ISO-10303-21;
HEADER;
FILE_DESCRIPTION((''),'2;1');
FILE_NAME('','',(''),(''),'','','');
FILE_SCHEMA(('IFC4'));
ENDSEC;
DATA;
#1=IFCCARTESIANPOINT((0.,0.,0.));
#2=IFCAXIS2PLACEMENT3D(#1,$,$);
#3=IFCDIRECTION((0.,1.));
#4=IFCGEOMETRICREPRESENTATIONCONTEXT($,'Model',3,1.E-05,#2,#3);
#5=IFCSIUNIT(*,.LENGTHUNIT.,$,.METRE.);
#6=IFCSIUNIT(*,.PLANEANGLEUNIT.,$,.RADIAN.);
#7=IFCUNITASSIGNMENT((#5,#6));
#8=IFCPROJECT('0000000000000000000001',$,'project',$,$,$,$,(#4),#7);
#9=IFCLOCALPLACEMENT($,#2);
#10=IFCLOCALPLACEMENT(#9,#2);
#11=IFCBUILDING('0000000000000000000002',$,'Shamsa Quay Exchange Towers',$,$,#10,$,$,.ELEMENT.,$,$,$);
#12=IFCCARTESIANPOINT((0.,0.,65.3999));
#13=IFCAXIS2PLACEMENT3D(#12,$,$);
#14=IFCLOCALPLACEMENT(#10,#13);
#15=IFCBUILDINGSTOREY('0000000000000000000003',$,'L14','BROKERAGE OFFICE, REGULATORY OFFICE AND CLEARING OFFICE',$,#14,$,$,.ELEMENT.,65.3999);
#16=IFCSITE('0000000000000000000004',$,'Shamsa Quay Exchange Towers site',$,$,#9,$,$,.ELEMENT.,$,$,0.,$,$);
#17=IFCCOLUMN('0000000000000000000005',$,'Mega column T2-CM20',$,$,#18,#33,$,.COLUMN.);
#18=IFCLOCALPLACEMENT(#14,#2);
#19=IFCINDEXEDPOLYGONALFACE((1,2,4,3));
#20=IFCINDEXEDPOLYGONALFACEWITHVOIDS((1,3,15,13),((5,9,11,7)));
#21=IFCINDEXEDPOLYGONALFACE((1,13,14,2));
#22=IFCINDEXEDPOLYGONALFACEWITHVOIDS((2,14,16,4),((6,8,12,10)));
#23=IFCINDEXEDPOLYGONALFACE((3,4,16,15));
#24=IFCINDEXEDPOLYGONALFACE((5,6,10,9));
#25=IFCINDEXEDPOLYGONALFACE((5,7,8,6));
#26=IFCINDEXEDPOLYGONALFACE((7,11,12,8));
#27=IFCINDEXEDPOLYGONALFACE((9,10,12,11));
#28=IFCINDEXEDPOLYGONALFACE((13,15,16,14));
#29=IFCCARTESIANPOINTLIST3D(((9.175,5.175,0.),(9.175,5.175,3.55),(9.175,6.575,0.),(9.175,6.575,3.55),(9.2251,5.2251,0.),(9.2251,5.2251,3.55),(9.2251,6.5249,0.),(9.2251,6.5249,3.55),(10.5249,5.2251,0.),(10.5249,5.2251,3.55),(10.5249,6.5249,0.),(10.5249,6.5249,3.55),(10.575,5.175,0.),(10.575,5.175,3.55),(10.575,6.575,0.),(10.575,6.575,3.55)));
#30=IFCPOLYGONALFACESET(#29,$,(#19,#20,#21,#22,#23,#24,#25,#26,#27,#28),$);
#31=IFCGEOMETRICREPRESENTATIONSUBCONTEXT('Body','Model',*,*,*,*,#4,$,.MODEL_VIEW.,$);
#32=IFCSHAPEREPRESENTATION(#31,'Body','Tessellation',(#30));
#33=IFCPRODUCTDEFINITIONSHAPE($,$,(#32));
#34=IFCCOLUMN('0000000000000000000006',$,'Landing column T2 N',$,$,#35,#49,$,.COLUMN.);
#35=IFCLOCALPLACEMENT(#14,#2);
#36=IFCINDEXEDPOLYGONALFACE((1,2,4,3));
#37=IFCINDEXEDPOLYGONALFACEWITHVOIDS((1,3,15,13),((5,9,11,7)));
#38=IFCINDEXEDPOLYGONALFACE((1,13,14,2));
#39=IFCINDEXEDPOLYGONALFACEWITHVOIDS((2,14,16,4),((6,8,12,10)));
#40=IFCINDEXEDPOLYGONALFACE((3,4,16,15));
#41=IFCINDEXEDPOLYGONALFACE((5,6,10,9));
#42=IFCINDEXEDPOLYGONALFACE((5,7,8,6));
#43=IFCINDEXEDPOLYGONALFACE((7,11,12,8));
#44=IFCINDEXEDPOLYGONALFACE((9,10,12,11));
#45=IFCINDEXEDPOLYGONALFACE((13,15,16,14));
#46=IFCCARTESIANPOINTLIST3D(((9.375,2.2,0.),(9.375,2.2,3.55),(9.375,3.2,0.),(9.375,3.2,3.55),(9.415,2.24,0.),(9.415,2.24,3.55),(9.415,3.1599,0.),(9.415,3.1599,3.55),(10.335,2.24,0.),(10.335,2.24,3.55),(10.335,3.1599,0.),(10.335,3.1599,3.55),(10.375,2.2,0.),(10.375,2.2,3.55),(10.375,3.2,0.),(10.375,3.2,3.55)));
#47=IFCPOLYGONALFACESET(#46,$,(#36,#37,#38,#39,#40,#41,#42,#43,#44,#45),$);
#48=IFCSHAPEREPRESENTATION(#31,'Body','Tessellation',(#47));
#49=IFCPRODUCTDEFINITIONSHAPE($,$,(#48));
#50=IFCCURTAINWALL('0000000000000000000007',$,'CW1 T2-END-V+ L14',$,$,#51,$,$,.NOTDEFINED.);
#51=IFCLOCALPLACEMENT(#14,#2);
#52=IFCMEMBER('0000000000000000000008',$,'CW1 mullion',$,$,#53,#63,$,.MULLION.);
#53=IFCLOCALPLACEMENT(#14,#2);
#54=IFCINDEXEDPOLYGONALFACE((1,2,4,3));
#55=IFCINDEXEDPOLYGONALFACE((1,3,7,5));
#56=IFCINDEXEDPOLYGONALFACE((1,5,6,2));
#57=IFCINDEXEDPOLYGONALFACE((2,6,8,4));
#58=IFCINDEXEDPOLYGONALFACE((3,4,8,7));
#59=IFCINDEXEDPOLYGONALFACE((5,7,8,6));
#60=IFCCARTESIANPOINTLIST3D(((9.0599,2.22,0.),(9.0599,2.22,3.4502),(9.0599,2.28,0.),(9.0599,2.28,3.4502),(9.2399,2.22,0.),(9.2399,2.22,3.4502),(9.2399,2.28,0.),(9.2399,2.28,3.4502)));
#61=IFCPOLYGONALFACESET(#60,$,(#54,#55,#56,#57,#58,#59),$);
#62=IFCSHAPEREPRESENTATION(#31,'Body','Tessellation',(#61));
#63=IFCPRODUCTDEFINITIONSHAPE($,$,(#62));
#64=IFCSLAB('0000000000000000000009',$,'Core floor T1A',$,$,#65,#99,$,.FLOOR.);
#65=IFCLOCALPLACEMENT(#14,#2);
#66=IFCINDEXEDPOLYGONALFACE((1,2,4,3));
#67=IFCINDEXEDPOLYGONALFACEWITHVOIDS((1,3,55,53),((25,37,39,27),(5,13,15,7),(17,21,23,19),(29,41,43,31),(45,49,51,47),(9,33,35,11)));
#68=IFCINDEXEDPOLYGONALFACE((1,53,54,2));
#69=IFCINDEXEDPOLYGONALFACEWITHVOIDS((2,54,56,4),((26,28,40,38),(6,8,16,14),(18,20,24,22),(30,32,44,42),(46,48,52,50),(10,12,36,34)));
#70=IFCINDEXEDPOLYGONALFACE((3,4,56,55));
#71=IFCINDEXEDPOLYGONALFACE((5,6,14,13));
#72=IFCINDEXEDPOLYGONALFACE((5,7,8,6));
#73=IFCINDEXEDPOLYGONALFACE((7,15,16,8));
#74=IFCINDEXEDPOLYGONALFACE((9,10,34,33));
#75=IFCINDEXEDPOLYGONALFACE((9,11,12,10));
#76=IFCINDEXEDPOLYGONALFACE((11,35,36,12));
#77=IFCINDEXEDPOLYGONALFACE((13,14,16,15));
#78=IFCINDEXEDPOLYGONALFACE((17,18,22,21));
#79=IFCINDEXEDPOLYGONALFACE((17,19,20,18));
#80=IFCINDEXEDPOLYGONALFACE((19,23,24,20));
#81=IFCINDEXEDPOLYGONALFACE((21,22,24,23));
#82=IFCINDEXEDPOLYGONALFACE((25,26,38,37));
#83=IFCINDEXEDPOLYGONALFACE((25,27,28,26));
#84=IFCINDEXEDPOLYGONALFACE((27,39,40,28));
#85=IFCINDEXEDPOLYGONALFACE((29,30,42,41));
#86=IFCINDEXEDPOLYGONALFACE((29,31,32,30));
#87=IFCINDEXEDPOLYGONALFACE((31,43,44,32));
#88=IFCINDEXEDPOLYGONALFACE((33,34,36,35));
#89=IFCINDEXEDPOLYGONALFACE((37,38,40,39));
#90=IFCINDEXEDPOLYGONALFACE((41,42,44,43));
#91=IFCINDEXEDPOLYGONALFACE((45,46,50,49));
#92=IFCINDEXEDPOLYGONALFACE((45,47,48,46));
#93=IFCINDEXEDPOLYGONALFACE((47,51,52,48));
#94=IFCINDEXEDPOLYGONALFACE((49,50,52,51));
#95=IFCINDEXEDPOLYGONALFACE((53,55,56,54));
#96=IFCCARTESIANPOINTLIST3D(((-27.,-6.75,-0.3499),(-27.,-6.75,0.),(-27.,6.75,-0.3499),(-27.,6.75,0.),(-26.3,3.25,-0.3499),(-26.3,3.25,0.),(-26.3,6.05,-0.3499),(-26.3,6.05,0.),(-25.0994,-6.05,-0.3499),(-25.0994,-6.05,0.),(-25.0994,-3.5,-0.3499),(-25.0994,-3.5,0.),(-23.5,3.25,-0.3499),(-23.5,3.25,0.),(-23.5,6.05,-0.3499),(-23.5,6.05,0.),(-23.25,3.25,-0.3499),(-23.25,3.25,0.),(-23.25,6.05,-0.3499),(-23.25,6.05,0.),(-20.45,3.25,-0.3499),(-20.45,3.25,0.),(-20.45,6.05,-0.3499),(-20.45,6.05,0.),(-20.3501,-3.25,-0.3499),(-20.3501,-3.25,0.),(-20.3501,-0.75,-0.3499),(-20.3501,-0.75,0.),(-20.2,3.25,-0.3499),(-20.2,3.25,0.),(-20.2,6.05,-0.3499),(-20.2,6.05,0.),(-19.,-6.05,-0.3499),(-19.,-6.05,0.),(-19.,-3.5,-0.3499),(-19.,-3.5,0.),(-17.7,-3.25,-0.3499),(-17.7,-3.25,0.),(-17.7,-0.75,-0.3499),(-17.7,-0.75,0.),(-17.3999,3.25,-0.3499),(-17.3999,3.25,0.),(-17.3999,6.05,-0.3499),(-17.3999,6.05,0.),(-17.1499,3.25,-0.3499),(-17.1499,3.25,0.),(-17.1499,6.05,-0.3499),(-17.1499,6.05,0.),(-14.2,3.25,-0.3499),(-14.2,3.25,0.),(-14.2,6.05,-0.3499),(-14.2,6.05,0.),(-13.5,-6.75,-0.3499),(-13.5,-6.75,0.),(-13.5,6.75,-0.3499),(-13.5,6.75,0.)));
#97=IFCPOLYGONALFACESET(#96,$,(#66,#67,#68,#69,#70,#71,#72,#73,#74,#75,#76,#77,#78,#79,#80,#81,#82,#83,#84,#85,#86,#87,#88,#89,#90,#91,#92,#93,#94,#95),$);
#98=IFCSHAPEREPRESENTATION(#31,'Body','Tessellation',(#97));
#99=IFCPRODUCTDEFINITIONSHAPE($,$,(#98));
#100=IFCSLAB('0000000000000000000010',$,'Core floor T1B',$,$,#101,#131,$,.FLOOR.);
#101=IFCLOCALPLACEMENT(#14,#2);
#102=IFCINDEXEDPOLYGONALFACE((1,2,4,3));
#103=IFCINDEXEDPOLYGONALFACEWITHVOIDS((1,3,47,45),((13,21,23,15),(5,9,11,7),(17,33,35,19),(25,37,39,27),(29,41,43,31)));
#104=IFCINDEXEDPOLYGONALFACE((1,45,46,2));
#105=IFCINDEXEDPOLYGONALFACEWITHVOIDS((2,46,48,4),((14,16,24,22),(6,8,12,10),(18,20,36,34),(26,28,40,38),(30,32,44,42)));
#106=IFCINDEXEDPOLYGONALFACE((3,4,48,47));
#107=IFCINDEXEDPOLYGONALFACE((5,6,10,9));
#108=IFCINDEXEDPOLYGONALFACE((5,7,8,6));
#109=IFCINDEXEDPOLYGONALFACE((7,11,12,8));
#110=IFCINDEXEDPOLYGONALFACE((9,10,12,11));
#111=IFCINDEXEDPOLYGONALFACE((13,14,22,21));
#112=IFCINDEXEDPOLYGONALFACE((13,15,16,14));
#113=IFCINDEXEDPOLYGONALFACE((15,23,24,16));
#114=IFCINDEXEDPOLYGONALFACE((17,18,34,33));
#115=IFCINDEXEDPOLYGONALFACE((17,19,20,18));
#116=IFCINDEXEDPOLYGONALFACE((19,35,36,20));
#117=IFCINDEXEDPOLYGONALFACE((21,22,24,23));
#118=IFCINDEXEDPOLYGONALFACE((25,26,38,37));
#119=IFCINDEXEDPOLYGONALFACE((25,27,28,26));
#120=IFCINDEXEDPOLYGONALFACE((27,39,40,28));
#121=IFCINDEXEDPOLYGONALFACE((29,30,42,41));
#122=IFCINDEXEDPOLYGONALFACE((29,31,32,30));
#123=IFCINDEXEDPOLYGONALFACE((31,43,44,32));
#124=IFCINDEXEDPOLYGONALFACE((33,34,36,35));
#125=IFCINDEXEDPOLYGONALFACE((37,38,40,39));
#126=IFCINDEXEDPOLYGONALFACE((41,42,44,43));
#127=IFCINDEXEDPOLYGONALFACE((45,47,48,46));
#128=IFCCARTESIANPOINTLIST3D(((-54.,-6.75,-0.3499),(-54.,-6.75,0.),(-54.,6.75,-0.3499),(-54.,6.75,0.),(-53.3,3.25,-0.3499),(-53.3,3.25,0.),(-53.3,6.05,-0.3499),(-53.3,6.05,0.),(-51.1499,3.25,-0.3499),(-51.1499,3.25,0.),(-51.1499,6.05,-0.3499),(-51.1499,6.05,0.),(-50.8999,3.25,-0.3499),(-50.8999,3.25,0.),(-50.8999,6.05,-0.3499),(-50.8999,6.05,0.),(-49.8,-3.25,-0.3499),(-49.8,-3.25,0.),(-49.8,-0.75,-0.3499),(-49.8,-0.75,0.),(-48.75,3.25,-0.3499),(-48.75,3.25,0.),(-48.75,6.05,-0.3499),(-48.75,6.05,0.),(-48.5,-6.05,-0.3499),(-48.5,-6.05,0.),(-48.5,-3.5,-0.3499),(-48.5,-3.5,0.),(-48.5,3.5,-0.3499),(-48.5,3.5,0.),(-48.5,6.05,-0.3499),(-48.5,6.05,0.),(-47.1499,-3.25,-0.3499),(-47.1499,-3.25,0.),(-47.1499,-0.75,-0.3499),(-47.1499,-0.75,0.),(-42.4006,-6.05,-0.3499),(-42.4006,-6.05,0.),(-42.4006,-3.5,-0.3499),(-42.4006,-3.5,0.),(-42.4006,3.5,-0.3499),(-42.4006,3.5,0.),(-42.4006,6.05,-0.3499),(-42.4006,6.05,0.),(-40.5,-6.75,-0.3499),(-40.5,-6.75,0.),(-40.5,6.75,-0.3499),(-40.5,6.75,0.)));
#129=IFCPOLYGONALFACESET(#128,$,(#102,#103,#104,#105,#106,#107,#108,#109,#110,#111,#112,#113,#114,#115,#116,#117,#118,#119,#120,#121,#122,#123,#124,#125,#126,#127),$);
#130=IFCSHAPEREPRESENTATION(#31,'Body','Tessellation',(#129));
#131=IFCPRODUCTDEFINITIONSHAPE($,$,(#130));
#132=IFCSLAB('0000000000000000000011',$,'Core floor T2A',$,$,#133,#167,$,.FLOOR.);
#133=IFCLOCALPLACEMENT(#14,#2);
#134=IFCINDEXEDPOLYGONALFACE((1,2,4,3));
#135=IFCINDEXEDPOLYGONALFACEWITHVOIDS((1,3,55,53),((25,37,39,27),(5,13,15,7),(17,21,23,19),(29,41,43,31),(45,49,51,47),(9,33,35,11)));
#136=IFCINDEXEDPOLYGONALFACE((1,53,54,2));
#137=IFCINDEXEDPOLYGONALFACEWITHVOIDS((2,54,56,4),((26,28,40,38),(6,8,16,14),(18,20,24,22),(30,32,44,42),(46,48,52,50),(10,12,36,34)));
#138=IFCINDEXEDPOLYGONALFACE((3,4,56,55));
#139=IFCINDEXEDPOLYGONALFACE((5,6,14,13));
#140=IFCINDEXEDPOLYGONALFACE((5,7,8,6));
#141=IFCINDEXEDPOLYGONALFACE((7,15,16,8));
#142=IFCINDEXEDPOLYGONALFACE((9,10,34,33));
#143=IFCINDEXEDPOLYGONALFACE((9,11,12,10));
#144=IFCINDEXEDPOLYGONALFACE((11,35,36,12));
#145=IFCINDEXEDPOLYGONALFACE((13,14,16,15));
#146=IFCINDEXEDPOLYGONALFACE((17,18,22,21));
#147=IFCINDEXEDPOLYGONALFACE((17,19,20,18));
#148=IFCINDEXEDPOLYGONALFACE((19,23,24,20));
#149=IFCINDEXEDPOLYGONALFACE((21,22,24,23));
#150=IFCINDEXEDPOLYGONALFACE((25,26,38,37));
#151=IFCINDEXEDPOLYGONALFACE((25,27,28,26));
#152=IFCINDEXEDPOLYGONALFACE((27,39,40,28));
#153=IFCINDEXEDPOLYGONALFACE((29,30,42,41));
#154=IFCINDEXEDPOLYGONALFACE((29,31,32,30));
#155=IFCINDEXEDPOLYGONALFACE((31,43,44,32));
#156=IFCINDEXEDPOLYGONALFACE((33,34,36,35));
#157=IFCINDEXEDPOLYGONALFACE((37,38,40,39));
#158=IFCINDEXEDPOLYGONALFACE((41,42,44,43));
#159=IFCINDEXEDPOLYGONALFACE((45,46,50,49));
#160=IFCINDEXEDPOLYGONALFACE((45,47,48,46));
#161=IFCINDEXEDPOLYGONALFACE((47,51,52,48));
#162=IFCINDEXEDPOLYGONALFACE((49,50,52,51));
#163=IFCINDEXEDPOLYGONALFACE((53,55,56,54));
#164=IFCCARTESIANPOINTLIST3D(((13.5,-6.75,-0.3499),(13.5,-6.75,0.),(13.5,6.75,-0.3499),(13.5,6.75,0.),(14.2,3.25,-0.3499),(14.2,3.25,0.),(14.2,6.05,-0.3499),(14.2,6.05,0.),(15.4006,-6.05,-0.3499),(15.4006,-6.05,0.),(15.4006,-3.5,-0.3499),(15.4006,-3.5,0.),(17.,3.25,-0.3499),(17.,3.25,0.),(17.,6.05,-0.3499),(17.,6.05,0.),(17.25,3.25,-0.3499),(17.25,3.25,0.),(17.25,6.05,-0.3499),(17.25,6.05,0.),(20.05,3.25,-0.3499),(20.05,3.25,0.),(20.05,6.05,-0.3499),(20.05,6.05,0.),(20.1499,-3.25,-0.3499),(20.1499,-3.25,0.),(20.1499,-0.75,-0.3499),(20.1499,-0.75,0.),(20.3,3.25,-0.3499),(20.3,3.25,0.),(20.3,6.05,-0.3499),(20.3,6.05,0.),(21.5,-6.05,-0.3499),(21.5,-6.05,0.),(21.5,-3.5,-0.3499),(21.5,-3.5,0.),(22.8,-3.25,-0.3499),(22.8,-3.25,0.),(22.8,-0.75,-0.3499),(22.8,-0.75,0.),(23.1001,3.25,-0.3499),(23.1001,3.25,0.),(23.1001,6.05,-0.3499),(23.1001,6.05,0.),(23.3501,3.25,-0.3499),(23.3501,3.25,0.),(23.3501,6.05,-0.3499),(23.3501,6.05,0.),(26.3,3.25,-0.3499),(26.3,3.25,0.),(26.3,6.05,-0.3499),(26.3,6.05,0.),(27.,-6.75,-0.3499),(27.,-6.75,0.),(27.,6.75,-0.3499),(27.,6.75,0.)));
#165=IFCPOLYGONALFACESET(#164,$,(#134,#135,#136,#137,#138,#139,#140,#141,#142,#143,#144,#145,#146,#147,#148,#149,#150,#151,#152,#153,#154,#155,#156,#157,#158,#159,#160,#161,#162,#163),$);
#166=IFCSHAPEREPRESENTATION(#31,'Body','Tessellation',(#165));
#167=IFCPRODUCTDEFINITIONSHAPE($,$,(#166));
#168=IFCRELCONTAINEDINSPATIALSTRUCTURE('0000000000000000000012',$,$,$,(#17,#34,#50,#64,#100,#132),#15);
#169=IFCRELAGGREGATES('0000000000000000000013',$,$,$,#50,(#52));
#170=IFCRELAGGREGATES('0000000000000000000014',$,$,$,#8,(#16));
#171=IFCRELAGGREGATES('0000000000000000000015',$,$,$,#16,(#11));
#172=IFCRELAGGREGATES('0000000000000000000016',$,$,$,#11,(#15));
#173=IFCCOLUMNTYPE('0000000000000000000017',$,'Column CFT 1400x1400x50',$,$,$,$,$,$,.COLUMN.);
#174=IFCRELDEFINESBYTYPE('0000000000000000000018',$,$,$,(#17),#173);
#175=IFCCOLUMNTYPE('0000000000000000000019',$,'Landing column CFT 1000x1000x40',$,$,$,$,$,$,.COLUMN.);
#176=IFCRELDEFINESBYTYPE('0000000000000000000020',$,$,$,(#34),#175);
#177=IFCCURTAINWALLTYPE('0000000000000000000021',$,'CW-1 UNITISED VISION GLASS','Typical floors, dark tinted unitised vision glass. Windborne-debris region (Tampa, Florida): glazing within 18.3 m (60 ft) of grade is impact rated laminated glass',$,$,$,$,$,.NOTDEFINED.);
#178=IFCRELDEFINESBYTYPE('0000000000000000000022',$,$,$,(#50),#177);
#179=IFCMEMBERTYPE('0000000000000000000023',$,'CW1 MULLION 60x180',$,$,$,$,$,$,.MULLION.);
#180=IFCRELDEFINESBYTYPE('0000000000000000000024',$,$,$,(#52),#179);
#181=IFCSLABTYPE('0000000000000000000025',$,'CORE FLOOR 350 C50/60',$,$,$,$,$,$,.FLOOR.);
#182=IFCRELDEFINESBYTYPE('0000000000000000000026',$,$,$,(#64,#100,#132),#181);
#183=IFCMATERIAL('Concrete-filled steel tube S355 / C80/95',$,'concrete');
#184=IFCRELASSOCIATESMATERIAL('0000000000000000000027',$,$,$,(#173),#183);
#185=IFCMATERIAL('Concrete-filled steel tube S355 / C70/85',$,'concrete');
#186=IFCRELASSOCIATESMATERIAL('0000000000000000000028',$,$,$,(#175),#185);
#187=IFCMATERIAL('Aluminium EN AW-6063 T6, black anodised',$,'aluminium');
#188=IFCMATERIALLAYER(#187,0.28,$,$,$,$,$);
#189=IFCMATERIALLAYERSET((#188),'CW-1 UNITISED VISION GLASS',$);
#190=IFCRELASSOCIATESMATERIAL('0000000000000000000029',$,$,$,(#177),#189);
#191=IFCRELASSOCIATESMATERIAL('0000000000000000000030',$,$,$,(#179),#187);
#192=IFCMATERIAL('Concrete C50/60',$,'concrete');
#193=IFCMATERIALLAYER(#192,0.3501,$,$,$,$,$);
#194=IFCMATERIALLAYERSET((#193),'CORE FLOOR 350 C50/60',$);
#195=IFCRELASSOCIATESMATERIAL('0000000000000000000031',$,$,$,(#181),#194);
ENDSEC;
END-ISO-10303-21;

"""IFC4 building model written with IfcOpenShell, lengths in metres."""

from ifc_helpers import new_model, si_unit, direction, frame, origin, origin_2d, place, context, subcontext, project, spatial, polyline, rectangle, hollow_rectangle, outline, extrude, material, layer, layer_set, material_profile, profile_set, type_object, element, aggregate, save


model = new_model("IFC4")

# Units and contexts
model_context = context("Model", 3, precision=1e-05, world=origin(), true_north=direction((0.0, 1.0)))
body_context = subcontext(model_context, "Body", "Model", "MODEL_VIEW")
ifc_project = project(units=[si_unit("LENGTHUNIT", "METRE"), si_unit("PLANEANGLEUNIT", "RADIAN")], contexts=[model_context])

# Site, building, storey
site_placement = place(None, origin())
site = spatial("IfcSite", under=ifc_project, at=site_placement, Name="Shamsa Quay Exchange Towers site", CompositionType="ELEMENT", RefElevation=0.0)
building_placement = place(site_placement, origin())
building = spatial("IfcBuilding", under=site, at=building_placement, Name="Shamsa Quay Exchange Towers", CompositionType="ELEMENT")
storey_placement = place(building_placement, frame((0.0, 0.0, 65.3999)))
storey = spatial("IfcBuildingStorey", under=building, at=storey_placement, Name="L14", Description="BROKERAGE OFFICE, REGULATORY OFFICE AND CLEARING OFFICE", CompositionType="ELEMENT", Elevation=65.3999)

# Columns
ifc_material_1 = material(Name="Concrete-filled steel tube S355 / C80/95", Category="concrete")
ifc_material_profile_1 = material_profile(ifc_material_1, hollow_rectangle(XDim=1.3999, YDim=1.3999, WallThickness=0.05, at=origin_2d()), Name="CFT 1400x1400x50")
ifc_profile_set_1 = profile_set([ifc_material_profile_1], Name="Concrete-filled steel tube S355 / C80/95")
column_type_1 = type_object("IfcColumnType", Name="Column CFT 1400x1400x50", PredefinedType="COLUMN", material=ifc_profile_set_1)
column_1_placement = place(storey_placement, frame((9.875, 5.875, 0.0)))
element("IfcColumn", 1, at=column_1_placement, inside=storey, type_object=column_type_1, Name="Mega column T2-CM20", PredefinedType="COLUMN", context=body_context, shape_type="SweptSolid", body=[
    extrude(hollow_rectangle(XDim=1.3999, YDim=1.3999, WallThickness=0.05, at=origin_2d()), origin(), (0.0, 0.0, 1.0), 3.55),
])
ifc_material_2 = material(Name="Concrete-filled steel tube S355 / C70/85", Category="concrete")
ifc_material_profile_2 = material_profile(ifc_material_2, hollow_rectangle(XDim=1.0, YDim=1.0, WallThickness=0.04, at=origin_2d()), Name="CFT 1000x1000x40")
ifc_profile_set_2 = profile_set([ifc_material_profile_2], Name="Concrete-filled steel tube S355 / C70/85")
column_type_2 = type_object("IfcColumnType", Name="Landing column CFT 1000x1000x40", PredefinedType="COLUMN", material=ifc_profile_set_2)
column_2_placement = place(storey_placement, frame((9.875, 2.7, 0.0)))
element("IfcColumn", 2, at=column_2_placement, inside=storey, type_object=column_type_2, Name="Landing column T2 N", PredefinedType="COLUMN", context=body_context, shape_type="SweptSolid", body=[
    extrude(hollow_rectangle(XDim=1.0, YDim=1.0, WallThickness=0.04, at=origin_2d()), origin(), (0.0, 0.0, 1.0), 3.55),
])

# Curtain wall, member
ifc_material_3 = material(Name="Aluminium EN AW-6063 T6, black anodised", Category="aluminium")
ifc_layer_1 = layer(ifc_material_3, 0.28)
ifc_layer_set_1 = layer_set([ifc_layer_1], Name="CW-1 UNITISED VISION GLASS")
curtain_wall_type_1 = type_object("IfcCurtainWallType", Name="CW-1 UNITISED VISION GLASS", Description="Typical floors, dark tinted unitised vision glass. Windborne-debris region (Tampa, Florida): glazing within 18.3 m (60 ft) of grade is impact rated laminated glass", PredefinedType="NOTDEFINED", material=ifc_layer_set_1)
curtain_wall_1_placement = place(storey_placement, origin())
curtain_wall_1 = element("IfcCurtainWall", 3, at=curtain_wall_1_placement, inside=storey, type_object=curtain_wall_type_1, Name="CW1 T2-END-V+ L14", PredefinedType="NOTDEFINED")
ifc_material_profile_3 = material_profile(ifc_material_3, rectangle(XDim=0.1799, YDim=0.0601, at=origin_2d()), Name="MU60x180")
ifc_profile_set_3 = profile_set([ifc_material_profile_3], Name="Aluminium EN AW-6063 T6, black anodised")
member_type = type_object("IfcMemberType", Name="CW1 MULLION 60x180", PredefinedType="MULLION", material=ifc_profile_set_3)
member_placement = place(storey_placement, frame((9.1499, 2.25, 0.0)))
member = element("IfcMember", 4, at=member_placement, type_object=member_type, Name="CW1 mullion", PredefinedType="MULLION", context=body_context, shape_type="SweptSolid", body=[
    extrude(rectangle(XDim=0.1799, YDim=0.0601, at=origin_2d()), origin(), (0.0, 0.0, 1.0), 3.4502),
])

# Slabs
ifc_material_4 = material(Name="Concrete C50/60", Category="concrete")
ifc_layer_2 = layer(ifc_material_4, 0.3501)
ifc_layer_set_2 = layer_set([ifc_layer_2], Name="CORE FLOOR 350 C50/60")
slab_type_1 = type_object("IfcSlabType", Name="CORE FLOOR 350 C50/60", PredefinedType="FLOOR", material=ifc_layer_set_2)
slab_1_placement = place(storey_placement, frame((0.0, 0.0, -0.3499)))
element("IfcSlab", 5, at=slab_1_placement, inside=storey, type_object=slab_type_1, Name="Core floor T1A", PredefinedType="FLOOR", context=body_context, shape_type="SweptSolid", body=[
    extrude(outline(polyline([(-27.0, -6.75), (-13.5, -6.75), (-13.5, 6.75), (-27.0, 6.75), (-27.0, -6.75)]), holes=[polyline([(-25.0994, -6.05), (-25.0994, -3.5), (-19.0, -3.5), (-19.0, -6.05), (-25.0994, -6.05)]), polyline([(-26.3, 3.25), (-26.3, 6.05), (-23.5, 6.05), (-23.5, 3.25), (-26.3, 3.25)]), polyline([(-23.25, 3.25), (-23.25, 6.05), (-20.45, 6.05), (-20.45, 3.25), (-23.25, 3.25)]), polyline([(-20.2, 3.25), (-20.2, 6.05), (-17.3999, 6.05), (-17.3999, 3.25), (-20.2, 3.25)]), polyline([(-17.1499, 3.25), (-17.1499, 6.05), (-14.2, 6.05), (-14.2, 3.25), (-17.1499, 3.25)]), polyline([(-20.3501, -3.25), (-20.3501, -0.75), (-17.7, -0.75), (-17.7, -3.25), (-20.3501, -3.25)])]), origin(), (0.0, 0.0, 1.0), 0.3499),
])
slab_2_placement = place(storey_placement, frame((0.0, 0.0, -0.3499)))
element("IfcSlab", 6, at=slab_2_placement, inside=storey, type_object=slab_type_1, Name="Core floor T1B", PredefinedType="FLOOR", context=body_context, shape_type="SweptSolid", body=[
    extrude(outline(polyline([(-40.5, -6.75), (-40.5, 6.75), (-54.0, 6.75), (-54.0, -6.75), (-40.5, -6.75)]), holes=[polyline([(-42.4006, -3.5), (-42.4006, -6.05), (-48.5, -6.05), (-48.5, -3.5), (-42.4006, -3.5)]), polyline([(-42.4006, 6.05), (-42.4006, 3.5), (-48.5, 3.5), (-48.5, 6.05), (-42.4006, 6.05)]), polyline([(-48.75, 3.25), (-50.8999, 3.25), (-50.8999, 6.05), (-48.75, 6.05), (-48.75, 3.25)]), polyline([(-51.1499, 3.25), (-53.3, 3.25), (-53.3, 6.05), (-51.1499, 6.05), (-51.1499, 3.25)]), polyline([(-47.1499, -3.25), (-49.8, -3.25), (-49.8, -0.75), (-47.1499, -0.75), (-47.1499, -3.25)])]), origin(), (0.0, 0.0, 1.0), 0.3499),
])
slab_3_placement = place(storey_placement, frame((0.0, 0.0, -0.3499)))
element("IfcSlab", 7, at=slab_3_placement, inside=storey, type_object=slab_type_1, Name="Core floor T2A", PredefinedType="FLOOR", context=body_context, shape_type="SweptSolid", body=[
    extrude(outline(polyline([(13.5, -6.75), (27.0, -6.75), (27.0, 6.75), (13.5, 6.75), (13.5, -6.75)]), holes=[polyline([(15.4006, -6.05), (15.4006, -3.5), (21.5, -3.5), (21.5, -6.05), (15.4006, -6.05)]), polyline([(14.2, 3.25), (14.2, 6.05), (17.0, 6.05), (17.0, 3.25), (14.2, 3.25)]), polyline([(17.25, 3.25), (17.25, 6.05), (20.05, 6.05), (20.05, 3.25), (17.25, 3.25)]), polyline([(20.3, 3.25), (20.3, 6.05), (23.1001, 6.05), (23.1001, 3.25), (20.3, 3.25)]), polyline([(23.3501, 3.25), (23.3501, 6.05), (26.3, 6.05), (26.3, 3.25), (23.3501, 3.25)]), polyline([(20.1499, -3.25), (20.1499, -0.75), (22.8, -0.75), (22.8, -3.25), (20.1499, -3.25)])]), origin(), (0.0, 0.0, 1.0), 0.3499),
])

aggregate(curtain_wall_1, [member])

save(model, "model.ifc")
